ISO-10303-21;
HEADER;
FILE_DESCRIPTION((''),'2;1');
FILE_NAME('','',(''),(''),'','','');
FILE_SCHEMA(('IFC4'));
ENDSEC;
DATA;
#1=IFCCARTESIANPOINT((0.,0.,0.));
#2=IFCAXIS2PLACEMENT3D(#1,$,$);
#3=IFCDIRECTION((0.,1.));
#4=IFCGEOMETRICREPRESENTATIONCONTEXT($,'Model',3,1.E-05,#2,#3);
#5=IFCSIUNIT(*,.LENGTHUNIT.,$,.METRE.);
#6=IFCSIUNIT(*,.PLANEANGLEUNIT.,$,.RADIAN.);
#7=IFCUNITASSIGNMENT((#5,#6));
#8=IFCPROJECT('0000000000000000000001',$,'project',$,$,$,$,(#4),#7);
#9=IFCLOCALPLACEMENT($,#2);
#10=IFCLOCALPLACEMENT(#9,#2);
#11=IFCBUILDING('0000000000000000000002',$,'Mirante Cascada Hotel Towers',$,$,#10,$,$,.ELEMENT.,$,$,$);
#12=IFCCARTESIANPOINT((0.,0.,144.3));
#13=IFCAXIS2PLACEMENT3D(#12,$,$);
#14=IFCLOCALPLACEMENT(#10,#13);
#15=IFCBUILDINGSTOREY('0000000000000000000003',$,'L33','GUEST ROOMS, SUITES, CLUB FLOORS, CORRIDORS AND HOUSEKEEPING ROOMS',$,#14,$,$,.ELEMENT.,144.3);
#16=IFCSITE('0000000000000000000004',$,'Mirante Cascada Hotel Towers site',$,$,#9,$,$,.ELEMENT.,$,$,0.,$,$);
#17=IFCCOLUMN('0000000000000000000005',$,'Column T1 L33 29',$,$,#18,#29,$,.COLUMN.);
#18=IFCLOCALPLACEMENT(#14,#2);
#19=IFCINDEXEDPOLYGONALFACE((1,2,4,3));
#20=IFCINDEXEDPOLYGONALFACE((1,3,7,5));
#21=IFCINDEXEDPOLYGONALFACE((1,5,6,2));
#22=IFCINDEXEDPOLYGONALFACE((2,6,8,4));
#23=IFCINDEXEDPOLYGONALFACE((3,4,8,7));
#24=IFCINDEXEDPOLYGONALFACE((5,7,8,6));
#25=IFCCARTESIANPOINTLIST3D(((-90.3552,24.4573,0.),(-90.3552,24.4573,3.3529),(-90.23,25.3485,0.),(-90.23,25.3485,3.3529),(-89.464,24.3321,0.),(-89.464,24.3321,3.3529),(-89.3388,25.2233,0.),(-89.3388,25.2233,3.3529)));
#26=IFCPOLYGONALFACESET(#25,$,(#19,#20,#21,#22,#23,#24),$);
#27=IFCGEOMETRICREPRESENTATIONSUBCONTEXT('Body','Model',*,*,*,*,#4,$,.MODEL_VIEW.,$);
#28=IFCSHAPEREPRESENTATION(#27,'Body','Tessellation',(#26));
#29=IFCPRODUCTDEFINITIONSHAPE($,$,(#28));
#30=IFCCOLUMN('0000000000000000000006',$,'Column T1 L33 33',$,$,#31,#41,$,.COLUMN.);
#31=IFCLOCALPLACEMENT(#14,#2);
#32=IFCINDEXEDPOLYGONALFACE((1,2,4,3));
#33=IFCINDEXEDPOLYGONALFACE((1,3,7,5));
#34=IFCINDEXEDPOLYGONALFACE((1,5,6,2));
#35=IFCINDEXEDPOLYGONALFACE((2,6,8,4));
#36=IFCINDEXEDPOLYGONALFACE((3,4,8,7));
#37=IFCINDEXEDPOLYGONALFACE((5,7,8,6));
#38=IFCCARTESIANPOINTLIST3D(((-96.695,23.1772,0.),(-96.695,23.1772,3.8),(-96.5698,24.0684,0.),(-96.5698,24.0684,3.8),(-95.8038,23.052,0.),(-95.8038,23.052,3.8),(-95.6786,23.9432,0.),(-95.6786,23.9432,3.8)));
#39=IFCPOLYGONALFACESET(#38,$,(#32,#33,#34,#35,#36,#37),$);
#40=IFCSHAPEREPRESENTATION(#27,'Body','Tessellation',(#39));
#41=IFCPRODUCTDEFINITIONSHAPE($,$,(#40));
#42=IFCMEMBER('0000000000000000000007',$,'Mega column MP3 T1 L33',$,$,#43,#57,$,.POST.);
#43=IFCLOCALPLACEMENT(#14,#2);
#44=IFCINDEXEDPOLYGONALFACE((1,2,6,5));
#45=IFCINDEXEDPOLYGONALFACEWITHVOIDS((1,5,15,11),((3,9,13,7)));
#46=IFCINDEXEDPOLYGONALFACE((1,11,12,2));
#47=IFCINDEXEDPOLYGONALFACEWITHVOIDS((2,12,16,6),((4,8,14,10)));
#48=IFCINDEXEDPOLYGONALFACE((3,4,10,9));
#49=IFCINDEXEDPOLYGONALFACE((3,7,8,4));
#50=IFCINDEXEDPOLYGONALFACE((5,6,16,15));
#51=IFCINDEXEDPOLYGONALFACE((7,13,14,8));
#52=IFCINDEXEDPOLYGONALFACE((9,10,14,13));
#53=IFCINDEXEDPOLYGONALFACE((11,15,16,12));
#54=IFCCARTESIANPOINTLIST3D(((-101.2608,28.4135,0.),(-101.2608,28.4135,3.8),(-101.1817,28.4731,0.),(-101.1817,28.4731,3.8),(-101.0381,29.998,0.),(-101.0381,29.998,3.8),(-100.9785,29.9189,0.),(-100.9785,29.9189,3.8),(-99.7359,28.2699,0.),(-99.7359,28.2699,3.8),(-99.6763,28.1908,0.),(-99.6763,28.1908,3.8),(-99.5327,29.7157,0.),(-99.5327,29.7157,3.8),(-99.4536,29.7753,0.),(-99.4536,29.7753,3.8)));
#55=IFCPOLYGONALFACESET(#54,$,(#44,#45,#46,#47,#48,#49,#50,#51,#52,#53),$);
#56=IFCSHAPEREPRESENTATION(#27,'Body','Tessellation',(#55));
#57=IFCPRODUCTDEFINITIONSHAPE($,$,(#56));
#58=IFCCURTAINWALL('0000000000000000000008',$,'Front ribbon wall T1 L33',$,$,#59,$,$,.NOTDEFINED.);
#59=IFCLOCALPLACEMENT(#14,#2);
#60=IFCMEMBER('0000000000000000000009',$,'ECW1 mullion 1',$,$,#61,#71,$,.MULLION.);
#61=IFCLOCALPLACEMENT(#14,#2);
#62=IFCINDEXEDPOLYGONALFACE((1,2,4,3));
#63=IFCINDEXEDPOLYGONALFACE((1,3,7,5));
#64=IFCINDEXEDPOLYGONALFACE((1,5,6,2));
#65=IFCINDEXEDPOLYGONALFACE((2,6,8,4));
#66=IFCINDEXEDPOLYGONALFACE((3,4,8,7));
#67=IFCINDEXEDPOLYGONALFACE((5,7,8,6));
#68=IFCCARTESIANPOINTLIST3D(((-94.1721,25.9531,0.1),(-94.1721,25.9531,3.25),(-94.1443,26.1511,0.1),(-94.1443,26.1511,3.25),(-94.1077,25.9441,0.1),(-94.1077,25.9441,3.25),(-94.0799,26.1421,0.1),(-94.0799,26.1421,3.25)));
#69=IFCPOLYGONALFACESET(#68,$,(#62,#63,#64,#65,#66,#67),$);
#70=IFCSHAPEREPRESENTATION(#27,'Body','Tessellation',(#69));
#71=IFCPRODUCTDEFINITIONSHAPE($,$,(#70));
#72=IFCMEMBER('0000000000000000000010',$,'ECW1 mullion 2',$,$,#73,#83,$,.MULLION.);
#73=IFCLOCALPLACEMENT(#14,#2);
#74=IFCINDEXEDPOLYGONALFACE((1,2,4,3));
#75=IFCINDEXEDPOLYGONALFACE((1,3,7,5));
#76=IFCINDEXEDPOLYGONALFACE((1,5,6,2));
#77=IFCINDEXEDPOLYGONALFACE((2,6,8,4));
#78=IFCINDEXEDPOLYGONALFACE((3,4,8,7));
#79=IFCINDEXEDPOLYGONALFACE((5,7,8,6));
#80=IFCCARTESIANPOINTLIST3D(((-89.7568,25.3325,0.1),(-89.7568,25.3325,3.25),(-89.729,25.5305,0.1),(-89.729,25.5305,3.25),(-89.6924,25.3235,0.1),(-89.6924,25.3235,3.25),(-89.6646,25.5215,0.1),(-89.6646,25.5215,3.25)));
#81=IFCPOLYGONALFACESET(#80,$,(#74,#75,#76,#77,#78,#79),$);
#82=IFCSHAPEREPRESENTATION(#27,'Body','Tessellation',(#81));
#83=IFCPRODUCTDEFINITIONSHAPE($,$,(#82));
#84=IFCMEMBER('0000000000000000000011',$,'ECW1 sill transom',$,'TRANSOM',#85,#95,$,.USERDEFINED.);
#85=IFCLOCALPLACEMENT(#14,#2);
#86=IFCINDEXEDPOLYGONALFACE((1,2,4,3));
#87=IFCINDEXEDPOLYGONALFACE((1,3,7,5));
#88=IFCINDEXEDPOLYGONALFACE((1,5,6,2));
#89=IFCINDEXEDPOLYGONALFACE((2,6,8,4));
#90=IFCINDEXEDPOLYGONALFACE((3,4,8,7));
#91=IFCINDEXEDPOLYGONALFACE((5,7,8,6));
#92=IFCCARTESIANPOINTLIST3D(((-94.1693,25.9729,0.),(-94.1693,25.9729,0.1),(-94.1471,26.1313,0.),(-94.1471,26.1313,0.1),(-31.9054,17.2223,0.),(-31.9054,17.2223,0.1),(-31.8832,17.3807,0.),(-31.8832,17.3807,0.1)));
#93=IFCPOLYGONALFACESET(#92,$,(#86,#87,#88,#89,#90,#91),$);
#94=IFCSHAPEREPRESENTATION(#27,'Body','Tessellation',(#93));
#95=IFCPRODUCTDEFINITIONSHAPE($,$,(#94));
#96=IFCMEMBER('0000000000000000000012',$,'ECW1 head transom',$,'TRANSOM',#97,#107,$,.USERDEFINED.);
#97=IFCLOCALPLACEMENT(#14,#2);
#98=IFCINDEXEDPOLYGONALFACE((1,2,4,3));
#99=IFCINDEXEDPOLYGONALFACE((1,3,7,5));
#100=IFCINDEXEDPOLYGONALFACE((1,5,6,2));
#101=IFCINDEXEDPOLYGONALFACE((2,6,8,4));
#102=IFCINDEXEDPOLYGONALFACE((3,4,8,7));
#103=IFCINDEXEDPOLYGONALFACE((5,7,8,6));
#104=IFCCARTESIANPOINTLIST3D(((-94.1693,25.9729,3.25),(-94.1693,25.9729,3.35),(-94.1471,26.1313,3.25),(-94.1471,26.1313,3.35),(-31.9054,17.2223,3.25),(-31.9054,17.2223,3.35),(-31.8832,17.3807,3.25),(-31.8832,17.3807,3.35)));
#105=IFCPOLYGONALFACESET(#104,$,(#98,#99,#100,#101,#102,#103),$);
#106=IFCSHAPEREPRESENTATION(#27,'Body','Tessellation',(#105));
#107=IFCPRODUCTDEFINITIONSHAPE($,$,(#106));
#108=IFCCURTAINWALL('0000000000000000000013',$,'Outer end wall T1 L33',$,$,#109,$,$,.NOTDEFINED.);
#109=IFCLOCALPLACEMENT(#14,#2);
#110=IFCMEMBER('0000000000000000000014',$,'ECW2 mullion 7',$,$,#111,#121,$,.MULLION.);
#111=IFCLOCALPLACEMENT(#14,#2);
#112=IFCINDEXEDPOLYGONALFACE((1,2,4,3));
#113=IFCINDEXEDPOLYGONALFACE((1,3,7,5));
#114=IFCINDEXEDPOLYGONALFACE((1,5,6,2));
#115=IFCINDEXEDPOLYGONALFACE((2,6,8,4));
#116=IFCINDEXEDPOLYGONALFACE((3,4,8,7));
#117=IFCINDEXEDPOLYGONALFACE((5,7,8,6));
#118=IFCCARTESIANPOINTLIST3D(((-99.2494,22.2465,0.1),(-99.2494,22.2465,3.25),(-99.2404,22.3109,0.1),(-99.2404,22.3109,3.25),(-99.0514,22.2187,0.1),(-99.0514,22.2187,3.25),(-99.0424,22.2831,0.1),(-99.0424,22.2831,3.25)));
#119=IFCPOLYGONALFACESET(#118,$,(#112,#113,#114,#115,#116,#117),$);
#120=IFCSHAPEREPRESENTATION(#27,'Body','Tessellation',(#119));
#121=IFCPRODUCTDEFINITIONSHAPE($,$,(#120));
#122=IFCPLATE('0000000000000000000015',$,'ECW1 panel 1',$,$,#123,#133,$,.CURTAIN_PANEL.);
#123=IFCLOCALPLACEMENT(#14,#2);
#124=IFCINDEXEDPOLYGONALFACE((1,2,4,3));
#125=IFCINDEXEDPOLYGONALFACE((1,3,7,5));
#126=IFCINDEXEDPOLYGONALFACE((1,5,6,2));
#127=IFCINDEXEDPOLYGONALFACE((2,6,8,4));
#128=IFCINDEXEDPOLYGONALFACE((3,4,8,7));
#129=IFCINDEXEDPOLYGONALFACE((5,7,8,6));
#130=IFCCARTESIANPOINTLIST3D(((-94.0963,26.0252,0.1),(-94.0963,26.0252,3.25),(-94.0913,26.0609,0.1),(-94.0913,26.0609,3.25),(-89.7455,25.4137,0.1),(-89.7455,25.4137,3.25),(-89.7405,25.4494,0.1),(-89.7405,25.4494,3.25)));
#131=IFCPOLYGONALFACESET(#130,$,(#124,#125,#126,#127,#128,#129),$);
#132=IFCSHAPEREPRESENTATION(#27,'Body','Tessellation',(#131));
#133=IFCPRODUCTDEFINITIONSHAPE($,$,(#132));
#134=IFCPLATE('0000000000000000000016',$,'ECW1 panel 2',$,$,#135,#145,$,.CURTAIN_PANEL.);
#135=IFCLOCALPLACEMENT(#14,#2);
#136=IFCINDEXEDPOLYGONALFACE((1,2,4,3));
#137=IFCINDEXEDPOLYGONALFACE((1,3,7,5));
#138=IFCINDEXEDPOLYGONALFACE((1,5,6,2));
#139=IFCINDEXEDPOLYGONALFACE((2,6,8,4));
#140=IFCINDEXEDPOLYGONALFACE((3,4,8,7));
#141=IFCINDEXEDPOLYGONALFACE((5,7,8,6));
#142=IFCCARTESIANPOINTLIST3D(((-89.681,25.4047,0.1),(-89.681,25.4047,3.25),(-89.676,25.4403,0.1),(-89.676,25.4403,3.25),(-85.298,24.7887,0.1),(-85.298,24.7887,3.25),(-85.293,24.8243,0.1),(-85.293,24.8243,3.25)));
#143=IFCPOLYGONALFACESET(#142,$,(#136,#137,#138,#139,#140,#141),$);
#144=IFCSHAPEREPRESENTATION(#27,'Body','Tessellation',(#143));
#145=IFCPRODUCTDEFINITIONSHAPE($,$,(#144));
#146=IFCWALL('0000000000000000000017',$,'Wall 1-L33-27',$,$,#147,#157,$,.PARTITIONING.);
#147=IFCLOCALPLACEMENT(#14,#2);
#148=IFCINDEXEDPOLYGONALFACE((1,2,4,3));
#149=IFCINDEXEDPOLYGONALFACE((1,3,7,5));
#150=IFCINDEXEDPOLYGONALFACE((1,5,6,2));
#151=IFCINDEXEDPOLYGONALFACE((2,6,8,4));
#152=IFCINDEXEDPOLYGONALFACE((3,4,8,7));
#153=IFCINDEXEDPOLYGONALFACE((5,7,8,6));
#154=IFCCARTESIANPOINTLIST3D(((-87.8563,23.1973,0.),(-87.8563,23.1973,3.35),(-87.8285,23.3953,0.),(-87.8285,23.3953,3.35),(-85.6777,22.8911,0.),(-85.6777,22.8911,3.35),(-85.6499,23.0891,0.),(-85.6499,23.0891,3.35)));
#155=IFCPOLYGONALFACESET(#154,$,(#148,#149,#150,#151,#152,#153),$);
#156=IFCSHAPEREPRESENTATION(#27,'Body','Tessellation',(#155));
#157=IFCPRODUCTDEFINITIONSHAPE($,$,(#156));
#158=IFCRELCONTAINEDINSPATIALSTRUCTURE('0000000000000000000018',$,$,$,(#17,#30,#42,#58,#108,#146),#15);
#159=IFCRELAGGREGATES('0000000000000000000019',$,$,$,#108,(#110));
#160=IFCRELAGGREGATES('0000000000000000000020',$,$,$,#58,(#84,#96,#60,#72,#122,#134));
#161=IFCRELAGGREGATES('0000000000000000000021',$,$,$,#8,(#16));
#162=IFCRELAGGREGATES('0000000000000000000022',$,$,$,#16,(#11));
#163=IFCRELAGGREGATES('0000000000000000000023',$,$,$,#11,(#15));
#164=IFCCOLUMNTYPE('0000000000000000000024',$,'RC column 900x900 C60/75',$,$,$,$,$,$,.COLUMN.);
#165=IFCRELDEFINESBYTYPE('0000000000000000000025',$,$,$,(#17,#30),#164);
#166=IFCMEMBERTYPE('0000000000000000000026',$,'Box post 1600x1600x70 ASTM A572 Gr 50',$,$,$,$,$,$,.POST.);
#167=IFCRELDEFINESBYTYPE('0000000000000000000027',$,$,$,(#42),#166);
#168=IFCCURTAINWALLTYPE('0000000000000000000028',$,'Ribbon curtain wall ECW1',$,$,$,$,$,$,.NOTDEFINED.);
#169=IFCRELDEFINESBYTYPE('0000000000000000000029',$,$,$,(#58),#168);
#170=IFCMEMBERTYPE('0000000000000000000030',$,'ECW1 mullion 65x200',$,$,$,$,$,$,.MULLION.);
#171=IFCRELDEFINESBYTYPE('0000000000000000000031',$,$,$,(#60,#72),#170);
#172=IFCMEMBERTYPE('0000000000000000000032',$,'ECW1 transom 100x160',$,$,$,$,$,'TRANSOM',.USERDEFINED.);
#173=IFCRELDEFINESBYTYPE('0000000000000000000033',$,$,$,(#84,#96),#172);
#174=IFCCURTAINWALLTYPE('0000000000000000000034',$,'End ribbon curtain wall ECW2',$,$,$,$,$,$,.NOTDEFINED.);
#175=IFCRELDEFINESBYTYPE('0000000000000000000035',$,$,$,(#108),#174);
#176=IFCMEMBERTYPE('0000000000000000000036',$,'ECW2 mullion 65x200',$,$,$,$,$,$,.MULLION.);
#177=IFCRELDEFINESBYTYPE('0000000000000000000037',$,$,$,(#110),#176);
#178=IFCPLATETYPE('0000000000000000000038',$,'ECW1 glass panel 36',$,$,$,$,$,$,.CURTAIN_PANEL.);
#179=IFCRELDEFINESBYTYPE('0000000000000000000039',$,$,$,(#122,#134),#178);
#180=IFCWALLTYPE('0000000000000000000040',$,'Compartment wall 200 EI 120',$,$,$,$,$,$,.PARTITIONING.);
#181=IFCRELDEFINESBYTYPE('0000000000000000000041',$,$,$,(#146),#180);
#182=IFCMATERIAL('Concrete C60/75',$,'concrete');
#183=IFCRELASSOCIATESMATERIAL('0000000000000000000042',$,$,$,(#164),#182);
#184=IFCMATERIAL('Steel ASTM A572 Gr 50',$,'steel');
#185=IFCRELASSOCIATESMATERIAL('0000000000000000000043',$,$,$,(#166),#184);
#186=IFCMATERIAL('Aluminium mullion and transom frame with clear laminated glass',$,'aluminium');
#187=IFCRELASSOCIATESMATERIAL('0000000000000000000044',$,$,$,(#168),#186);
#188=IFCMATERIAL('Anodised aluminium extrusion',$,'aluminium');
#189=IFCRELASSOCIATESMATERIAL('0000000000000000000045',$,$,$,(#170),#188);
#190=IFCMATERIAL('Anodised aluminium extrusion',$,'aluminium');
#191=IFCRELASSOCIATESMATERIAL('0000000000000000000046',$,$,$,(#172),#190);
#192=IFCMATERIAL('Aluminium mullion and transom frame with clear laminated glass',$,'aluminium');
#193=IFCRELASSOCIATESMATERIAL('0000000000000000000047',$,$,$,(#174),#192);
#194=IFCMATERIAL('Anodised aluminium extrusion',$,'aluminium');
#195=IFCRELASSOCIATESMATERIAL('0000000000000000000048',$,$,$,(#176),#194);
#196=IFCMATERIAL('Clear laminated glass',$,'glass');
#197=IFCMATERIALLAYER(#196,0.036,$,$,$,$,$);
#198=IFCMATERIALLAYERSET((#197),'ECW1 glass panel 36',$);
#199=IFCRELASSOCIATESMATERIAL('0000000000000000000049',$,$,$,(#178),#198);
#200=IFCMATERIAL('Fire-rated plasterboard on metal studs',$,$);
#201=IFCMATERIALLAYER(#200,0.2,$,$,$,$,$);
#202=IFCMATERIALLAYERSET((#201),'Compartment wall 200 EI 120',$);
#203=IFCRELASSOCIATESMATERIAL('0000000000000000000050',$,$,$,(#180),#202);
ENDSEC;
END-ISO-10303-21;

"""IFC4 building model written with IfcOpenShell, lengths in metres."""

from ifc_helpers import new_model, si_unit, direction, frame, frame_2d, origin, origin_2d, place, context, subcontext, project, spatial, rectangle, hollow_rectangle, extrude, material, layer, layer_set, material_profile, profile_set, type_object, element, aggregate, save


model = new_model("IFC4")

# Units and contexts
model_context = context("Model", 3, precision=1e-05, world=origin(), true_north=direction((0.0, 1.0)))
body_context = subcontext(model_context, "Body", "Model", "MODEL_VIEW")
ifc_project = project(units=[si_unit("LENGTHUNIT", "METRE"), si_unit("PLANEANGLEUNIT", "RADIAN")], contexts=[model_context])

# Site, building, storey
site_placement = place(None, origin())
site = spatial("IfcSite", under=ifc_project, at=site_placement, Name="Mirante Cascada Hotel Towers site", CompositionType="ELEMENT", RefElevation=0.0)
building_placement = place(site_placement, origin())
building = spatial("IfcBuilding", under=site, at=building_placement, Name="Mirante Cascada Hotel Towers", CompositionType="ELEMENT")
storey_placement = place(building_placement, frame((0.0, 0.0, 144.3)))
storey = spatial("IfcBuildingStorey", under=building, at=storey_placement, Name="L33", Description="GUEST ROOMS, SUITES, CLUB FLOORS, CORRIDORS AND HOUSEKEEPING ROOMS", CompositionType="ELEMENT", Elevation=144.3)

# Columns
ifc_material_1 = material(Name="Concrete C60/75", Category="concrete")
ifc_material_profile_1 = material_profile(ifc_material_1, rectangle(XDim=0.9, YDim=0.9, at=origin_2d()), Name="RC column 900x900 C60/75")
ifc_profile_set_1 = profile_set([ifc_material_profile_1], Name="Concrete C60/75")
column_type = type_object("IfcColumnType", Name="RC column 900x900 C60/75", PredefinedType="COLUMN", material=ifc_profile_set_1)
column_1_placement = place(storey_placement, frame((-89.847, 24.8403, 0.0), z_axis=(0.0, 0.0, 1.0), x_axis=(-0.990268, 0.139173, 0.0)))
element("IfcColumn", 1, at=column_1_placement, inside=storey, type_object=column_type, Name="Column T1 L33 29", PredefinedType="COLUMN", context=body_context, shape_type="SweptSolid", body=[
    extrude(rectangle(XDim=0.9, YDim=0.9, at=origin_2d()), origin(), (0.0, 0.0, 1.0), 3.3529),
])
column_2_placement = place(storey_placement, frame((-96.1868, 23.5602, 0.0), z_axis=(0.0, 0.0, 1.0), x_axis=(-0.990268, 0.139173, 0.0)))
element("IfcColumn", 2, at=column_2_placement, inside=storey, type_object=column_type, Name="Column T1 L33 33", PredefinedType="COLUMN", context=body_context, shape_type="SweptSolid", body=[
    extrude(rectangle(XDim=0.9, YDim=0.9, at=origin_2d()), origin(), (0.0, 0.0, 1.0), 3.8),
])

# Member
ifc_material_2 = material(Name="Steel ASTM A572 Gr 50", Category="steel")
ifc_material_profile_2 = material_profile(ifc_material_2, hollow_rectangle(XDim=1.6, YDim=1.6, WallThickness=0.07, at=origin_2d()), Name="Box post 1600x1600x70 ASTM A572 Gr 50")
ifc_profile_set_2 = profile_set([ifc_material_profile_2], Name="Steel ASTM A572 Gr 50")
member_type_1 = type_object("IfcMemberType", Name="Box post 1600x1600x70 ASTM A572 Gr 50", PredefinedType="POST", material=ifc_profile_set_2)
member_1_placement = place(storey_placement, frame((-100.3572, 29.0944, 0.0), z_axis=(0.0, 0.0, 1.0), x_axis=(-0.990268, 0.139173, 0.0)))
element("IfcMember", 3, at=member_1_placement, inside=storey, type_object=member_type_1, Name="Mega column MP3 T1 L33", PredefinedType="POST", context=body_context, shape_type="SweptSolid", body=[
    extrude(hollow_rectangle(XDim=1.6, YDim=1.6, WallThickness=0.07, at=origin_2d()), origin(), (0.0, 0.0, 1.0), 3.8),
])

# Curtain wall, members
ifc_material_3 = material(Name="Aluminium mullion and transom frame with clear laminated glass", Category="aluminium")
curtain_wall_type_1 = type_object("IfcCurtainWallType", Name="Ribbon curtain wall ECW1", PredefinedType="NOTDEFINED", material=ifc_material_3)
curtain_wall_1_placement = place(storey_placement, origin())
curtain_wall_1 = element("IfcCurtainWall", 4, at=curtain_wall_1_placement, inside=storey, type_object=curtain_wall_type_1, Name="Front ribbon wall T1 L33", PredefinedType="NOTDEFINED")
ifc_material_4 = material(Name="Anodised aluminium extrusion", Category="aluminium")
ifc_material_profile_3 = material_profile(ifc_material_4, rectangle(XDim=0.2, YDim=0.065, at=origin_2d()), Name="ECW1 MULLION 65x200")
ifc_profile_set_3 = profile_set([ifc_material_profile_3], Name="Anodised aluminium extrusion")
member_type_2 = type_object("IfcMemberType", Name="ECW1 mullion 65x200", PredefinedType="MULLION", material=ifc_profile_set_3)
member_2_placement = place(storey_placement, frame((-94.126, 26.0476, 0.1), z_axis=(0.0, 0.0, 1.0), x_axis=(0.139173, 0.990268, 0.0)))
member_2 = element("IfcMember", 5, at=member_2_placement, type_object=member_type_2, Name="ECW1 mullion 1", PredefinedType="MULLION", context=body_context, shape_type="SweptSolid", body=[
    extrude(rectangle(XDim=0.2, YDim=0.065, at=origin_2d()), origin(), (0.0, 0.0, 1.0), 3.15),
])
member_3_placement = place(storey_placement, frame((-89.7107, 25.427, 0.1), z_axis=(0.0, 0.0, 1.0), x_axis=(0.139173, 0.990268, 0.0)))
member_3 = element("IfcMember", 6, at=member_3_placement, type_object=member_type_2, Name="ECW1 mullion 2", PredefinedType="MULLION", context=body_context, shape_type="SweptSolid", body=[
    extrude(rectangle(XDim=0.2, YDim=0.065, at=origin_2d()), origin(), (0.0, 0.0, 1.0), 3.15),
])
ifc_material_5 = material(Name="Anodised aluminium extrusion", Category="aluminium")
ifc_material_profile_4 = material_profile(ifc_material_5, rectangle(XDim=0.16, YDim=0.1, at=origin_2d()), Name="ECW1 TRANSOM 100x160")
ifc_profile_set_4 = profile_set([ifc_material_profile_4], Name="Anodised aluminium extrusion")
member_type_3 = type_object("IfcMemberType", Name="ECW1 transom 100x160", ElementType="TRANSOM", PredefinedType="USERDEFINED", material=ifc_profile_set_4)
member_4_placement = place(storey_placement, frame((-94.1582, 26.0521, 0.05), z_axis=(0.990268, -0.139173, 0.0), x_axis=(0.139173, 0.990268, 0.0)))
member_4 = element("IfcMember", 7, at=member_4_placement, type_object=member_type_3, Name="ECW1 sill transom", ObjectType="TRANSOM", PredefinedType="USERDEFINED", context=body_context, shape_type="SweptSolid", body=[
    extrude(rectangle(XDim=0.16, YDim=0.1, at=origin_2d()), origin(), (0.0, 0.0, 1.0), 62.8758),
])
member_5_placement = place(storey_placement, frame((-94.1582, 26.0521, 3.3), z_axis=(0.990268, -0.139173, 0.0), x_axis=(0.139173, 0.990268, 0.0)))
member_5 = element("IfcMember", 8, at=member_5_placement, type_object=member_type_3, Name="ECW1 head transom", ObjectType="TRANSOM", PredefinedType="USERDEFINED", context=body_context, shape_type="SweptSolid", body=[
    extrude(rectangle(XDim=0.16, YDim=0.1, at=origin_2d()), origin(), (0.0, 0.0, 1.0), 62.8758),
])

# Curtain wall, member
ifc_material_6 = material(Name="Aluminium mullion and transom frame with clear laminated glass", Category="aluminium")
curtain_wall_type_2 = type_object("IfcCurtainWallType", Name="End ribbon curtain wall ECW2", PredefinedType="NOTDEFINED", material=ifc_material_6)
curtain_wall_2_placement = place(storey_placement, origin())
curtain_wall_2 = element("IfcCurtainWall", 9, at=curtain_wall_2_placement, inside=storey, type_object=curtain_wall_type_2, Name="Outer end wall T1 L33", PredefinedType="NOTDEFINED")
ifc_material_7 = material(Name="Anodised aluminium extrusion", Category="aluminium")
ifc_material_profile_5 = material_profile(ifc_material_7, rectangle(XDim=0.2, YDim=0.065, at=origin_2d()), Name="ECW2 MULLION 65x200")
ifc_profile_set_5 = profile_set([ifc_material_profile_5], Name="Anodised aluminium extrusion")
member_type_4 = type_object("IfcMemberType", Name="ECW2 mullion 65x200", PredefinedType="MULLION", material=ifc_profile_set_5)
member_6_placement = place(storey_placement, frame((-99.1459, 22.2648, 0.1), z_axis=(0.0, 0.0, 1.0), x_axis=(-0.990268, 0.139173, 0.0)))
member_6 = element("IfcMember", 10, at=member_6_placement, type_object=member_type_4, Name="ECW2 mullion 7", PredefinedType="MULLION", context=body_context, shape_type="SweptSolid", body=[
    extrude(rectangle(XDim=0.2, YDim=0.065, at=origin_2d()), origin(), (0.0, 0.0, 1.0), 3.15),
])
aggregate(curtain_wall_2, [member_6])

# Plates
ifc_material_8 = material(Name="Clear laminated glass", Category="glass")
ifc_layer_1 = layer(ifc_material_8, 0.036)
ifc_layer_set_1 = layer_set([ifc_layer_1], Name="ECW1 glass panel 36")
plate_type = type_object("IfcPlateType", Name="ECW1 glass panel 36", PredefinedType="CURTAIN_PANEL", material=ifc_layer_set_1)
plate_1_placement = place(storey_placement, frame((-91.9184, 25.7373, 0.1), z_axis=(0.0, 0.0, 1.0), x_axis=(0.990268, -0.139173, 0.0)))
plate_1 = element("IfcPlate", 11, at=plate_1_placement, type_object=plate_type, Name="ECW1 panel 1", PredefinedType="CURTAIN_PANEL", context=body_context, shape_type="SweptSolid", body=[
    extrude(rectangle(XDim=4.3936, YDim=0.036, at=origin_2d()), origin(), (0.0, 0.0, 1.0), 3.15),
])
plate_2_placement = place(storey_placement, frame((-87.487, 25.1145, 0.1), z_axis=(0.0, 0.0, 1.0), x_axis=(0.990268, -0.139173, 0.0)))
plate_2 = element("IfcPlate", 12, at=plate_2_placement, type_object=plate_type, Name="ECW1 panel 2", PredefinedType="CURTAIN_PANEL", context=body_context, shape_type="SweptSolid", body=[
    extrude(rectangle(XDim=4.4261, YDim=0.036, at=origin_2d()), origin(), (0.0, 0.0, 1.0), 3.15),
])
aggregate(curtain_wall_1, [member_4, member_5, member_2, member_3, plate_1, plate_2])

# Wall
ifc_material_9 = material(Name="Fire-rated plasterboard on metal studs")
ifc_layer_2 = layer(ifc_material_9, 0.2)
ifc_layer_set_2 = layer_set([ifc_layer_2], Name="Compartment wall 200 EI 120")
wall_type_1 = type_object("IfcWallType", Name="Compartment wall 200 EI 120", PredefinedType="PARTITIONING", material=ifc_layer_set_2)
wall_1_placement = place(storey_placement, frame((-87.8424, 23.2963, 0.0), z_axis=(0.0, 0.0, 1.0), x_axis=(0.990267, -0.139181, 0.0)))
element("IfcWall", 13, at=wall_1_placement, inside=storey, type_object=wall_type_1, Name="Wall 1-L33-27", PredefinedType="PARTITIONING", context=body_context, shape_type="SweptSolid", body=[
    extrude(rectangle(XDim=2.2, YDim=0.2, at=frame_2d((1.1, 0.0))), origin(), (0.0, 0.0, 1.0), 3.35),
])

save(model, "model.ifc")
